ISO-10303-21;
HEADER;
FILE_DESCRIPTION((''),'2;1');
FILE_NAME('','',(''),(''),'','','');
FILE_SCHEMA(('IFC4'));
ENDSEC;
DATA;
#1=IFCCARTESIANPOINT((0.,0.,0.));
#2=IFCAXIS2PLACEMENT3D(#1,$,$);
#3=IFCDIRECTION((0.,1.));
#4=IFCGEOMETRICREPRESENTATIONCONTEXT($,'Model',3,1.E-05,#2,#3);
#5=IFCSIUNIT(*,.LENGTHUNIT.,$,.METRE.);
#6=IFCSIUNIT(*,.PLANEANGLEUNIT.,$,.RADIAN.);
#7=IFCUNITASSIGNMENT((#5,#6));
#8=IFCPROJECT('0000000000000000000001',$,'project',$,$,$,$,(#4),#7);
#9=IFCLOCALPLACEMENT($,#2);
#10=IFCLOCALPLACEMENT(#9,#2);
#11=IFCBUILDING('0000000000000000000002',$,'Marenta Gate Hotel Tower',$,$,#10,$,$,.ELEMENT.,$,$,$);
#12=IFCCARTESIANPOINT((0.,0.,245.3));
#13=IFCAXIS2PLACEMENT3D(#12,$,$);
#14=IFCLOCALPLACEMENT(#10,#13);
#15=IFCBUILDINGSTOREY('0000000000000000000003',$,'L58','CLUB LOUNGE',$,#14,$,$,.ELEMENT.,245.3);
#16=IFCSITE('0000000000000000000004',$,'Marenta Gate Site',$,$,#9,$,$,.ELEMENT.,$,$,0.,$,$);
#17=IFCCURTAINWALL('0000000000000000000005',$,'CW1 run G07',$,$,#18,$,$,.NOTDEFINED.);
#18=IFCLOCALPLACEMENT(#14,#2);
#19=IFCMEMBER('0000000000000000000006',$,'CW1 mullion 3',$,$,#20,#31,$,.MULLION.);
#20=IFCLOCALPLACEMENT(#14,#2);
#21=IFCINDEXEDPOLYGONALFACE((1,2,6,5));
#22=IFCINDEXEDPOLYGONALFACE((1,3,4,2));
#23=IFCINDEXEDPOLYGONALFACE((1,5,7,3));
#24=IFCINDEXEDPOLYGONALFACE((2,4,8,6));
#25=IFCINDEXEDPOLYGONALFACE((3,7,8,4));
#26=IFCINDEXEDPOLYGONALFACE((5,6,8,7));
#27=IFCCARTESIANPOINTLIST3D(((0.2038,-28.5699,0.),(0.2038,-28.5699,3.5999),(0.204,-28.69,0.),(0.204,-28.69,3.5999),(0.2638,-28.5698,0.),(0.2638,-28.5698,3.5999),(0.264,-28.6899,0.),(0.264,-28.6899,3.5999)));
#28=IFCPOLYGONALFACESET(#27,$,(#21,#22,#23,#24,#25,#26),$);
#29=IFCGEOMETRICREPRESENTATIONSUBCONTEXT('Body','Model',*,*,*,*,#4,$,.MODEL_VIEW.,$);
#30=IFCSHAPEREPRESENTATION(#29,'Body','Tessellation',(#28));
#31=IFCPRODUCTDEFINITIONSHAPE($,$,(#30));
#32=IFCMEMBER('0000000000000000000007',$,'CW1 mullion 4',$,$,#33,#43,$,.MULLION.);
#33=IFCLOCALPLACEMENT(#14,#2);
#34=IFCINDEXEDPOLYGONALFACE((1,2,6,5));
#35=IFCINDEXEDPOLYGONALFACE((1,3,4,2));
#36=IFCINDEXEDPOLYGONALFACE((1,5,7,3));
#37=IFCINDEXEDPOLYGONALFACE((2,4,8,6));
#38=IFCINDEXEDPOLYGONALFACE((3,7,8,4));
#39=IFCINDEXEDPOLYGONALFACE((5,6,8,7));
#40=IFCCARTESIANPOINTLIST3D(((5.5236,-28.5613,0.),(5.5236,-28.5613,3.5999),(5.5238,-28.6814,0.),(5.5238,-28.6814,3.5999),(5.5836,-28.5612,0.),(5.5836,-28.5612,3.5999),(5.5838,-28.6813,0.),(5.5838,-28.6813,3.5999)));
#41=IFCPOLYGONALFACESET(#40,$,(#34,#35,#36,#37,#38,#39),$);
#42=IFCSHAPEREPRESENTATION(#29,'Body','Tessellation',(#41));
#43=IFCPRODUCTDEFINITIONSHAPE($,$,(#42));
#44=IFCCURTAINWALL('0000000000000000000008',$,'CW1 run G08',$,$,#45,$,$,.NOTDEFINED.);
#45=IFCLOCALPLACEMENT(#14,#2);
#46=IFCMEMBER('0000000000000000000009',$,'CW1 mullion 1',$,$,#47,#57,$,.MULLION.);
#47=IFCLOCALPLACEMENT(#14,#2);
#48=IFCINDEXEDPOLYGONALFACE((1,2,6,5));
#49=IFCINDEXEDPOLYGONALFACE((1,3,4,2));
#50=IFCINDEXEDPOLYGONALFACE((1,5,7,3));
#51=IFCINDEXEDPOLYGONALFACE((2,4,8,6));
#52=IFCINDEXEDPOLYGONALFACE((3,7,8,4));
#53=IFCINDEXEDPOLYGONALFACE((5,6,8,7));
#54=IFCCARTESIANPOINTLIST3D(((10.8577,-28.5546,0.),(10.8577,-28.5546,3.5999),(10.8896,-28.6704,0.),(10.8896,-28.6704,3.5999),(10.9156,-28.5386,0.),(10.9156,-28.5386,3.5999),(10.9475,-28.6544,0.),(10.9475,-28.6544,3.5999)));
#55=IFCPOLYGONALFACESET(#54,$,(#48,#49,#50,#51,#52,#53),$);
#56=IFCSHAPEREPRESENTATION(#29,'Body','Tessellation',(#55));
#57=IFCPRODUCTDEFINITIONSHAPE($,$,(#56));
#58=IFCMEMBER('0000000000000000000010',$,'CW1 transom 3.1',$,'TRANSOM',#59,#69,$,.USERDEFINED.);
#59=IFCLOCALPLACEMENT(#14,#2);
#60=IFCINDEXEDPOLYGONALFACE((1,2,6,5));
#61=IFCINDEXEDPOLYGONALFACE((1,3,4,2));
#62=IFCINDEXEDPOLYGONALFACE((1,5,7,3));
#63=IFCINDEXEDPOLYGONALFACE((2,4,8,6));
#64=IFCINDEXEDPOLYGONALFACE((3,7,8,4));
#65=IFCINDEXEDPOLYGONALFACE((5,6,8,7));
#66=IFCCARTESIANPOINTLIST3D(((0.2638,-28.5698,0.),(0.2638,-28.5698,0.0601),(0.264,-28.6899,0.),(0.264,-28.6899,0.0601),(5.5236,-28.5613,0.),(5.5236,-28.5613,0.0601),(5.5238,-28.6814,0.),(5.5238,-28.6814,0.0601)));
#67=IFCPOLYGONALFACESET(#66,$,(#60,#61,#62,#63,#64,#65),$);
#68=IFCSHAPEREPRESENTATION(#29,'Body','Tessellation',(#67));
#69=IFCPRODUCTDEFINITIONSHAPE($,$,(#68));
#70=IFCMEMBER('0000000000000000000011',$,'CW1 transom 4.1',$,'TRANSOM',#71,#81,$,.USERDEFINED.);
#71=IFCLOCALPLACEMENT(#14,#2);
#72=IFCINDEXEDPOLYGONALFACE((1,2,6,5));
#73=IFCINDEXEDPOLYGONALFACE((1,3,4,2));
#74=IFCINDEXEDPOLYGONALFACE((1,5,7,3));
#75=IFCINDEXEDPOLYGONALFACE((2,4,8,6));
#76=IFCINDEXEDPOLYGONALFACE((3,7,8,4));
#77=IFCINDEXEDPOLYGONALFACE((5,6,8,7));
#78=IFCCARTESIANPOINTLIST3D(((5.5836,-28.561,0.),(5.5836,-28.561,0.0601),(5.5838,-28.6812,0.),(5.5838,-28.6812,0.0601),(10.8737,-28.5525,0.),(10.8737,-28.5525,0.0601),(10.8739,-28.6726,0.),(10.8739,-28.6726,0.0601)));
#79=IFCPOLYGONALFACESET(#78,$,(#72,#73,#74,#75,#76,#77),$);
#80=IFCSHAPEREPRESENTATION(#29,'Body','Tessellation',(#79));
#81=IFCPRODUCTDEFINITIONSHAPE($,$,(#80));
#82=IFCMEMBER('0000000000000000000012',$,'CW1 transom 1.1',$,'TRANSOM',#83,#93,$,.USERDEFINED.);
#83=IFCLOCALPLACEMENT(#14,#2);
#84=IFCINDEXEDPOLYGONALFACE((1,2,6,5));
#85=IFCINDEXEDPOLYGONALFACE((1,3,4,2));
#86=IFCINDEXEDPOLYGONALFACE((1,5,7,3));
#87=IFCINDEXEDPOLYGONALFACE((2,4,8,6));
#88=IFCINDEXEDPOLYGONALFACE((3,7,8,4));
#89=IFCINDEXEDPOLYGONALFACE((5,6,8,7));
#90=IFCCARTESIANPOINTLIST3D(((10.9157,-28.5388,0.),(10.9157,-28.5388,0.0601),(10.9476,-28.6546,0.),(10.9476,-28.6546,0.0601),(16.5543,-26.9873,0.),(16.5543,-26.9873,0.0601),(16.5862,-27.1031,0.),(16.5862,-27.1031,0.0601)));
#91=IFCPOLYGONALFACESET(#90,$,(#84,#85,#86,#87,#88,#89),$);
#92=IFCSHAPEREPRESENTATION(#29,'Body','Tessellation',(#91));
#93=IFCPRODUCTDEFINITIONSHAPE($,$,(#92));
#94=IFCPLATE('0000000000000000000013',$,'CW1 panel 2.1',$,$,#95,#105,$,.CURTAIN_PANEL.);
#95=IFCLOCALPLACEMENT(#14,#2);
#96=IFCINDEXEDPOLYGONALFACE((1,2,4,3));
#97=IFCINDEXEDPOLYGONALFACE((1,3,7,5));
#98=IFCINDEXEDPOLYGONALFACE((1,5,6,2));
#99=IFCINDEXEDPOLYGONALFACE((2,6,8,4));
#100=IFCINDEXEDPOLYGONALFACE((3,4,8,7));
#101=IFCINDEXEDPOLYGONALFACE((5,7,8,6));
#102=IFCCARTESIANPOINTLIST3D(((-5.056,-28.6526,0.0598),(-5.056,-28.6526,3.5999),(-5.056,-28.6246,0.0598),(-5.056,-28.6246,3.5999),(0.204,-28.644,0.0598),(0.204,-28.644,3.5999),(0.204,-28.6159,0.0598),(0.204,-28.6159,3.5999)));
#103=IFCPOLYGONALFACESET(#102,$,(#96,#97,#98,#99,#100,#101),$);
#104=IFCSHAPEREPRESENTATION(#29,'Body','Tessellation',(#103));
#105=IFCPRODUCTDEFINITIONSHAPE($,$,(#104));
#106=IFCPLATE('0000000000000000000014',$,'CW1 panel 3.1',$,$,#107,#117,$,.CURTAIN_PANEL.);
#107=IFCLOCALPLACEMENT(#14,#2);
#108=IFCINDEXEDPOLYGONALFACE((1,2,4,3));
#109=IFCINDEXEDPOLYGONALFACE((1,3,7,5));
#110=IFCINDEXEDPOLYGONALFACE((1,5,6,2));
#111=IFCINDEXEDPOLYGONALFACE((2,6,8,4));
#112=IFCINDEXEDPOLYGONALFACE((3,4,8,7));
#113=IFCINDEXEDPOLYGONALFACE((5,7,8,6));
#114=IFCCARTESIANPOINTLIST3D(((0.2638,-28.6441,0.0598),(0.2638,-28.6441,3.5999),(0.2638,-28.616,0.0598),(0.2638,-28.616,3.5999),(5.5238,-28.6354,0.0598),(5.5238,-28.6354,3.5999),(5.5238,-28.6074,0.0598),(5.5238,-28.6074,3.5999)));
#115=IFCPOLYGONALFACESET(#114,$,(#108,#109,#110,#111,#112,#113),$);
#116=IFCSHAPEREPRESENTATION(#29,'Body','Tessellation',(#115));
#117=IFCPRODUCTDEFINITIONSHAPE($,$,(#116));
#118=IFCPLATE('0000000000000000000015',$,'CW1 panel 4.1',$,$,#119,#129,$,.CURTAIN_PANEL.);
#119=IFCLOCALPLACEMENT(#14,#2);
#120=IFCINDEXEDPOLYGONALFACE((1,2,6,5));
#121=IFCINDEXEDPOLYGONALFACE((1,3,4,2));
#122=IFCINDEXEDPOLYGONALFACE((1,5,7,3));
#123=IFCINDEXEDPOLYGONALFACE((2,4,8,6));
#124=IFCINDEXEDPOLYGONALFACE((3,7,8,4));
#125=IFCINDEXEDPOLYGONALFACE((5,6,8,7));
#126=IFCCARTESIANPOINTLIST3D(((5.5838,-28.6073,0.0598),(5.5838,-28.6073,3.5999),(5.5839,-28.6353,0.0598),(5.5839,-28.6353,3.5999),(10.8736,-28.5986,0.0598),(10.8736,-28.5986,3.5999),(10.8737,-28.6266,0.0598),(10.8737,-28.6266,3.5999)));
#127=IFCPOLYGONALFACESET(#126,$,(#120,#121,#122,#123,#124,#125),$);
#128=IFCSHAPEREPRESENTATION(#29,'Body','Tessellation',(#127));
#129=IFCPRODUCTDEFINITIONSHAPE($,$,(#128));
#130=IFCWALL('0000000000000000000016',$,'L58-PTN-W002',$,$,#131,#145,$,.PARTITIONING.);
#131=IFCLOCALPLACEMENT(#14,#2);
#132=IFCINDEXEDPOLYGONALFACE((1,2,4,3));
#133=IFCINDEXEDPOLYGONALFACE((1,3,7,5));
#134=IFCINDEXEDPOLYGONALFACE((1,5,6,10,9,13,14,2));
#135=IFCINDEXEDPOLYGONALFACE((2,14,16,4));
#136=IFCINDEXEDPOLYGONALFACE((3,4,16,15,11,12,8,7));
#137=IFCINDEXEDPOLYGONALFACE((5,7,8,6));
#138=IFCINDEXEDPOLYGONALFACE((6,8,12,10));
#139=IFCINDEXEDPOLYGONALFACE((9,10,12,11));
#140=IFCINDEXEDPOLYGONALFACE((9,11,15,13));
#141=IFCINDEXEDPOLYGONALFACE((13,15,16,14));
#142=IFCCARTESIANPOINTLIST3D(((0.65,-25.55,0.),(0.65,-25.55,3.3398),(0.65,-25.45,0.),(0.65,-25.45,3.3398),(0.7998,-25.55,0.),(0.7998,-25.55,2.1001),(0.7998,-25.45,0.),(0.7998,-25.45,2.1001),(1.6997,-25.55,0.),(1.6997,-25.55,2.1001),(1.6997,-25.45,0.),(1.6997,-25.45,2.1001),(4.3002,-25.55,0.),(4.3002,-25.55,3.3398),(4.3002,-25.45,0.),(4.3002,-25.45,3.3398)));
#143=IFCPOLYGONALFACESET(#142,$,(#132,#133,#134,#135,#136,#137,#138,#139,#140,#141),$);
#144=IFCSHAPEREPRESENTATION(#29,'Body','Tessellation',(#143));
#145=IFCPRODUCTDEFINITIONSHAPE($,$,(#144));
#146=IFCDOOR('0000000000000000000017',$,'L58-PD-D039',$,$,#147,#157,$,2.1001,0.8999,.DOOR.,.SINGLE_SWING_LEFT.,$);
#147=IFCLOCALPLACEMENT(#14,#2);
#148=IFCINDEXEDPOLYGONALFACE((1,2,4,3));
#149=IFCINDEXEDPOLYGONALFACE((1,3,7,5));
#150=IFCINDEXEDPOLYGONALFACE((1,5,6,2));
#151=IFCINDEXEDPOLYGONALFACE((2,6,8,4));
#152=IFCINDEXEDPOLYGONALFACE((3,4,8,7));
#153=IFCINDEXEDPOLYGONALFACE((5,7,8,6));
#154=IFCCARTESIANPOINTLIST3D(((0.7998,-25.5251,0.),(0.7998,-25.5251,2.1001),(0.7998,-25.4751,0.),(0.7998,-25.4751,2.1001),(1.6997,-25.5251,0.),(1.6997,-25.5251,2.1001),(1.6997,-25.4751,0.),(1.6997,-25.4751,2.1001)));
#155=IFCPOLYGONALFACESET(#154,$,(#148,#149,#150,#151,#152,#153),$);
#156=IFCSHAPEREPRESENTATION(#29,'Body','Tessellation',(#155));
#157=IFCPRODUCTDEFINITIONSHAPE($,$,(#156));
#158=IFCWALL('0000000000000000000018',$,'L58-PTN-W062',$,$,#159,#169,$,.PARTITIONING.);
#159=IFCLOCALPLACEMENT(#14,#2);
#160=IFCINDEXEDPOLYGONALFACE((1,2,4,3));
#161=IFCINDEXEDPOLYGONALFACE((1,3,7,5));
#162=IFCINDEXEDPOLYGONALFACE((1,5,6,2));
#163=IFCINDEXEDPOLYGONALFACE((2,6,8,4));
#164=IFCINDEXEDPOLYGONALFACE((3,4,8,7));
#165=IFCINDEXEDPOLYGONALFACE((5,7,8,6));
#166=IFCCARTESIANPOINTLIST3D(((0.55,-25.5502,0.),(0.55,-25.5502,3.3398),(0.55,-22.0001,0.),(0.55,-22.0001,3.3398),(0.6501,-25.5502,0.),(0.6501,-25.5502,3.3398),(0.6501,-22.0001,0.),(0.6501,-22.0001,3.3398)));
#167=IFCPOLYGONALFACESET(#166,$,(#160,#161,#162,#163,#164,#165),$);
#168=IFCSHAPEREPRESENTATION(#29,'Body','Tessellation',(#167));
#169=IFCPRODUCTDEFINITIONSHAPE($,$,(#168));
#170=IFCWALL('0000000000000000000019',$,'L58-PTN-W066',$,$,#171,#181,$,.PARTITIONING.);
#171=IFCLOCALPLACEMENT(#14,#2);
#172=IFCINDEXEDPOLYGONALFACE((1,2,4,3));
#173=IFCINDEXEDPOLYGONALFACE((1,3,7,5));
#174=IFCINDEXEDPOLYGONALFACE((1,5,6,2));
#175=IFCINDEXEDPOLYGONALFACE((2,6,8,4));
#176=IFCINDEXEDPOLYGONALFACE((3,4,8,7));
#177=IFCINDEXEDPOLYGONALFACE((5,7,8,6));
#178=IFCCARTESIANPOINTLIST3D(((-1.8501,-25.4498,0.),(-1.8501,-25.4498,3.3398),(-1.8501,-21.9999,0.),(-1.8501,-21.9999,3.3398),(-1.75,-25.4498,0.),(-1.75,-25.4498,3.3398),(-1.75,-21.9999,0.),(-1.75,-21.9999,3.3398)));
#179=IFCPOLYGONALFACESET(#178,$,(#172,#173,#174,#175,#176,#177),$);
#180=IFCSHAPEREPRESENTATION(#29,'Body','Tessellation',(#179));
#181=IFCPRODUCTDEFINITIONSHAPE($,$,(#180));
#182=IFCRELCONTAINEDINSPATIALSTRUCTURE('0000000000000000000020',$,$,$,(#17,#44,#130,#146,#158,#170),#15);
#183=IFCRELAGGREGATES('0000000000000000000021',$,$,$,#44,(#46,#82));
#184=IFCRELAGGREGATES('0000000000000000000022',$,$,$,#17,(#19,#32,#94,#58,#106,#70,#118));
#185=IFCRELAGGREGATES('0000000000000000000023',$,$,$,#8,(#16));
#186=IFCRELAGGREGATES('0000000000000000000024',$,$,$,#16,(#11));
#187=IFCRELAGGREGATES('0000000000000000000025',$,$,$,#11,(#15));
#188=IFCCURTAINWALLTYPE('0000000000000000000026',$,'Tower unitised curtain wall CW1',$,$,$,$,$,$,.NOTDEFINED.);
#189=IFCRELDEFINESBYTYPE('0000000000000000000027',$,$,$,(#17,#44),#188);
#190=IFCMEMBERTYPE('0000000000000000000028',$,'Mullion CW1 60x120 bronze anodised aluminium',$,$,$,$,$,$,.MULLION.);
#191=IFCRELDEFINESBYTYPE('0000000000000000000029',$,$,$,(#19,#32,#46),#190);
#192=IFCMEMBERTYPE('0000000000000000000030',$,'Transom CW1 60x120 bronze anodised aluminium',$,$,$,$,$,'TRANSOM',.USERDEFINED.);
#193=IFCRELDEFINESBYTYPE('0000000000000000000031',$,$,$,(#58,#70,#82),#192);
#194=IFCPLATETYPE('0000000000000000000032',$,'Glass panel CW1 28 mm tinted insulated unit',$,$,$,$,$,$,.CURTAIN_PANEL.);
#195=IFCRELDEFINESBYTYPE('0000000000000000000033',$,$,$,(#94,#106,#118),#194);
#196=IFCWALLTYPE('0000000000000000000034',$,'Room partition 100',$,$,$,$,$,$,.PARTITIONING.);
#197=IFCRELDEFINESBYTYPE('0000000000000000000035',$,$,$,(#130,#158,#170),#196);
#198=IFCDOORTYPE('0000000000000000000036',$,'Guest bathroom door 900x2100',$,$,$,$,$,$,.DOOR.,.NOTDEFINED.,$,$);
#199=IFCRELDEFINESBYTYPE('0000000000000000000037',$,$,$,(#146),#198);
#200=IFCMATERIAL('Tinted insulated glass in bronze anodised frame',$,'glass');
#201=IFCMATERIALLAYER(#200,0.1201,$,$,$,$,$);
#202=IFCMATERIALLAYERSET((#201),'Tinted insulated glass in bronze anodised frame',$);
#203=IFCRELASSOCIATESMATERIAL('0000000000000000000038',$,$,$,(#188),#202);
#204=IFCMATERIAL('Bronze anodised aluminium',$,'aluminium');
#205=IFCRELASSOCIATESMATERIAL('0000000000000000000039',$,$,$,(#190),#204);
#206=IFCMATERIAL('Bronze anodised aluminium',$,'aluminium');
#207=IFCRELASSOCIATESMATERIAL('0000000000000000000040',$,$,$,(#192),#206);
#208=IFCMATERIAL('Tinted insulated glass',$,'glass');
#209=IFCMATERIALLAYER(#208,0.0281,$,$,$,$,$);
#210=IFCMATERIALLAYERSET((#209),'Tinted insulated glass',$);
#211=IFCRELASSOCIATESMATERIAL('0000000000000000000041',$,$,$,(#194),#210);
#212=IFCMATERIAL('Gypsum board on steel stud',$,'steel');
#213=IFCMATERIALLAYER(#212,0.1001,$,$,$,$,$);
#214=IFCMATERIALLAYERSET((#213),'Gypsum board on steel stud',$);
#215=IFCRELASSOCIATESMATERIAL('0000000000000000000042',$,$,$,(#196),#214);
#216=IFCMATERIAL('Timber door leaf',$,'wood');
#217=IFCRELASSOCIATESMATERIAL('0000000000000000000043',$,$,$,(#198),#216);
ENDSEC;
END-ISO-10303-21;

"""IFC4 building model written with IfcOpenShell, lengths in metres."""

from ifc_helpers import new_model, si_unit, direction, frame, frame_2d, origin, origin_2d, place, context, subcontext, project, spatial, rectangle, extrude, material, layer, layer_set, material_profile, profile_set, type_object, element, fill, aggregate, save


model = new_model("IFC4")

# Units and contexts
model_context = context("Model", 3, precision=1e-05, world=origin(), true_north=direction((0.0, 1.0)))
body_context = subcontext(model_context, "Body", "Model", "MODEL_VIEW")
ifc_project = project(units=[si_unit("LENGTHUNIT", "METRE"), si_unit("PLANEANGLEUNIT", "RADIAN")], contexts=[model_context])

# Site, building, storey
site_placement = place(None, origin())
site = spatial("IfcSite", under=ifc_project, at=site_placement, Name="Marenta Gate Site", CompositionType="ELEMENT", RefElevation=0.0)
building_placement = place(site_placement, origin())
building = spatial("IfcBuilding", under=site, at=building_placement, Name="Marenta Gate Hotel Tower", CompositionType="ELEMENT")
storey_placement = place(building_placement, frame((0.0, 0.0, 245.3)))
storey = spatial("IfcBuildingStorey", under=building, at=storey_placement, Name="L58", Description="CLUB LOUNGE", CompositionType="ELEMENT", Elevation=245.3)

# Curtain wall, members
ifc_material_1 = material(Name="Tinted insulated glass in bronze anodised frame", Category="glass")
ifc_layer_1 = layer(ifc_material_1, 0.1201)
ifc_layer_set_1 = layer_set([ifc_layer_1], Name="Tinted insulated glass in bronze anodised frame")
curtain_wall_type = type_object("IfcCurtainWallType", Name="Tower unitised curtain wall CW1", PredefinedType="NOTDEFINED", material=ifc_layer_set_1)
curtain_wall_1_placement = place(storey_placement, origin())
curtain_wall_1 = element("IfcCurtainWall", 1, at=curtain_wall_1_placement, inside=storey, type_object=curtain_wall_type, Name="CW1 run G07", PredefinedType="NOTDEFINED")
ifc_material_2 = material(Name="Bronze anodised aluminium", Category="aluminium")
ifc_material_profile_1 = material_profile(ifc_material_2, rectangle(XDim=0.1201, YDim=0.0601, at=origin_2d()), Name="Mullion CW1 60x120 bronze anodised aluminium")
ifc_profile_set_1 = profile_set([ifc_material_profile_1], Name="Bronze anodised aluminium")
member_type_1 = type_object("IfcMemberType", Name="Mullion CW1 60x120 bronze anodised aluminium", PredefinedType="MULLION", material=ifc_profile_set_1)
member_1_placement = place(storey_placement, frame((0.2339, -28.6299, 0.0), z_axis=(0.0, 0.0, 1.0), x_axis=(-0.001645, 0.999999, 0.0)))
member_1 = element("IfcMember", 2, at=member_1_placement, type_object=member_type_1, Name="CW1 mullion 3", PredefinedType="MULLION", context=body_context, shape_type="SweptSolid", body=[
    extrude(rectangle(XDim=0.1201, YDim=0.0601, at=origin_2d()), origin(), (0.0, 0.0, 1.0), 3.5999),
])
member_2_placement = place(storey_placement, frame((5.5537, -28.6213, 0.0), z_axis=(0.0, 0.0, 1.0), x_axis=(-0.001645, 0.999999, 0.0)))
member_2 = element("IfcMember", 3, at=member_2_placement, type_object=member_type_1, Name="CW1 mullion 4", PredefinedType="MULLION", context=body_context, shape_type="SweptSolid", body=[
    extrude(rectangle(XDim=0.1201, YDim=0.0601, at=origin_2d()), origin(), (0.0, 0.0, 1.0), 3.5999),
])

# Curtain wall, member
curtain_wall_2_placement = place(storey_placement, origin())
curtain_wall_2 = element("IfcCurtainWall", 4, at=curtain_wall_2_placement, inside=storey, type_object=curtain_wall_type, Name="CW1 run G08", PredefinedType="NOTDEFINED")
member_3_placement = place(storey_placement, frame((10.9026, -28.6045, 0.0), z_axis=(0.0, 0.0, 1.0), x_axis=(-0.265293, 0.964168, 0.0)))
member_3 = element("IfcMember", 5, at=member_3_placement, type_object=member_type_1, Name="CW1 mullion 1", PredefinedType="MULLION", context=body_context, shape_type="SweptSolid", body=[
    extrude(rectangle(XDim=0.1201, YDim=0.0601, at=origin_2d()), origin(), (0.0, 0.0, 1.0), 3.5999),
])

# Members
ifc_material_3 = material(Name="Bronze anodised aluminium", Category="aluminium")
ifc_material_profile_2 = material_profile(ifc_material_3, rectangle(XDim=0.1201, YDim=0.0601, at=origin_2d()), Name="Transom CW1 60x120 bronze anodised aluminium")
ifc_profile_set_2 = profile_set([ifc_material_profile_2], Name="Bronze anodised aluminium")
member_type_2 = type_object("IfcMemberType", Name="Transom CW1 60x120 bronze anodised aluminium", ElementType="TRANSOM", PredefinedType="USERDEFINED", material=ifc_profile_set_2)
member_4_placement = place(storey_placement, frame((0.2639, -28.6299, 0.03), z_axis=(0.999999, 0.001625, 0.0), x_axis=(-0.001625, 0.999999, 0.0)))
member_4 = element("IfcMember", 6, at=member_4_placement, type_object=member_type_2, Name="CW1 transom 3.1", ObjectType="TRANSOM", PredefinedType="USERDEFINED", context=body_context, shape_type="SweptSolid", body=[
    extrude(rectangle(XDim=0.1201, YDim=0.0601, at=origin_2d()), origin(), (0.0, 0.0, 1.0), 5.2598),
])
member_5_placement = place(storey_placement, frame((5.5837, -28.6211, 0.03), z_axis=(0.999999, 0.001615, 0.0), x_axis=(-0.001615, 0.999999, 0.0)))
member_5 = element("IfcMember", 7, at=member_5_placement, type_object=member_type_2, Name="CW1 transom 4.1", ObjectType="TRANSOM", PredefinedType="USERDEFINED", context=body_context, shape_type="SweptSolid", body=[
    extrude(rectangle(XDim=0.1201, YDim=0.0601, at=origin_2d()), origin(), (0.0, 0.0, 1.0), 5.29),
])
member_6_placement = place(storey_placement, frame((10.9316, -28.5967, 0.03), z_axis=(0.964167, 0.265296, 0.0), x_axis=(-0.265296, 0.964167, 0.0)))
member_6 = element("IfcMember", 8, at=member_6_placement, type_object=member_type_2, Name="CW1 transom 1.1", ObjectType="TRANSOM", PredefinedType="USERDEFINED", context=body_context, shape_type="SweptSolid", body=[
    extrude(rectangle(XDim=0.1201, YDim=0.0601, at=origin_2d()), origin(), (0.0, 0.0, 1.0), 5.8481),
])
aggregate(curtain_wall_2, [member_3, member_6])

# Plates
ifc_material_4 = material(Name="Tinted insulated glass", Category="glass")
ifc_layer_2 = layer(ifc_material_4, 0.0281)
ifc_layer_set_2 = layer_set([ifc_layer_2], Name="Tinted insulated glass")
plate_type = type_object("IfcPlateType", Name="Glass panel CW1 28 mm tinted insulated unit", PredefinedType="CURTAIN_PANEL", material=ifc_layer_set_2)
plate_1_placement = place(storey_placement, frame((-2.426, -28.6343, 0.0598), z_axis=(0.0, 0.0, 1.0), x_axis=(0.999999, 0.001645, 0.0)))
plate_1 = element("IfcPlate", 9, at=plate_1_placement, type_object=plate_type, Name="CW1 panel 2.1", PredefinedType="CURTAIN_PANEL", context=body_context, shape_type="SweptSolid", body=[
    extrude(rectangle(XDim=5.26, YDim=0.0281, at=origin_2d()), origin(), (0.0, 0.0, 1.0), 3.54),
])
plate_2_placement = place(storey_placement, frame((2.8938, -28.6257, 0.0598), z_axis=(0.0, 0.0, 1.0), x_axis=(0.999999, 0.001645, 0.0)))
plate_2 = element("IfcPlate", 10, at=plate_2_placement, type_object=plate_type, Name="CW1 panel 3.1", PredefinedType="CURTAIN_PANEL", context=body_context, shape_type="SweptSolid", body=[
    extrude(rectangle(XDim=5.26, YDim=0.0281, at=origin_2d()), origin(), (0.0, 0.0, 1.0), 3.54),
])
plate_3_placement = place(storey_placement, frame((8.2288, -28.6169, 0.0598), z_axis=(0.0, 0.0, 1.0), x_axis=(0.999999, 0.001645, 0.0)))
plate_3 = element("IfcPlate", 11, at=plate_3_placement, type_object=plate_type, Name="CW1 panel 4.1", PredefinedType="CURTAIN_PANEL", context=body_context, shape_type="SweptSolid", body=[
    extrude(rectangle(XDim=5.2898, YDim=0.0281, at=origin_2d()), origin(), (0.0, 0.0, 1.0), 3.54),
])
aggregate(curtain_wall_1, [member_1, member_2, plate_1, member_4, plate_2, member_5, plate_3])

# Wall, opening, door
ifc_material_5 = material(Name="Gypsum board on steel stud", Category="steel")
ifc_layer_3 = layer(ifc_material_5, 0.1001)
ifc_layer_set_3 = layer_set([ifc_layer_3], Name="Gypsum board on steel stud")
wall_type_1 = type_object("IfcWallType", Name="Room partition 100", PredefinedType="PARTITIONING", material=ifc_layer_set_3)
wall_1_placement = place(storey_placement, frame((0.6499, -25.5, 0.0), z_axis=(0.0, 0.0, 1.0), x_axis=(1.0, 0.0, 0.0)))
wall_1 = element("IfcWall", 12, at=wall_1_placement, inside=storey, type_object=wall_type_1, Name="L58-PTN-W002", PredefinedType="PARTITIONING", context=body_context, shape_type="SweptSolid", body=[
    extrude(rectangle(XDim=3.6501, YDim=0.1001, at=frame_2d((1.8252, 0.0))), origin(), (0.0, 0.0, 1.0), 3.3398),
])
opening_placement = place(wall_1_placement, frame((0.1499, 0.0, 0.0)))
opening = element("IfcOpeningElement", 13, at=opening_placement, cuts=wall_1, PredefinedType="OPENING", context=body_context, shape_type="SweptSolid", body=[
    extrude(rectangle(XDim=0.8999, YDim=2.1001, at=frame_2d((0.45, 1.05))), frame((0.0, 0.05, 0.0), z_axis=(0.0, -1.0, 0.0), x_axis=(1.0, 0.0, 0.0)), (0.0, 0.0, 1.0), 0.1001),
])
ifc_material_6 = material(Name="Timber door leaf", Category="wood")
door_type = type_object("IfcDoorType", Name="Guest bathroom door 900x2100", OperationType="NOTDEFINED", PredefinedType="DOOR", material=ifc_material_6)
door_placement = place(opening_placement, origin())
door = element("IfcDoor", 14, at=door_placement, inside=storey, type_object=door_type, Name="L58-PD-D039", OperationType="SINGLE_SWING_LEFT", OverallHeight=2.1001, OverallWidth=0.8999, PredefinedType="DOOR", context=body_context, shape_type="SweptSolid", body=[
    extrude(rectangle(XDim=0.8999, YDim=2.1001, at=frame_2d((0.45, 1.05))), frame((0.0, 0.0249, 0.0), z_axis=(0.0, -1.0, 0.0), x_axis=(1.0, 0.0, 0.0)), (0.0, 0.0, 1.0), 0.05),
])
fill(opening, door)

# Walls
wall_2_placement = place(storey_placement, frame((0.6001, -25.55, 0.0), z_axis=(0.0, 0.0, 1.0), x_axis=(0.0, 1.0, 0.0)))
element("IfcWall", 15, at=wall_2_placement, inside=storey, type_object=wall_type_1, Name="L58-PTN-W062", PredefinedType="PARTITIONING", context=body_context, shape_type="SweptSolid", body=[
    extrude(rectangle(XDim=3.55, YDim=0.1001, at=frame_2d((1.7749, 0.0))), origin(), (0.0, 0.0, 1.0), 3.3398),
])
wall_3_placement = place(storey_placement, frame((-1.8, -25.45, 0.0), z_axis=(0.0, 0.0, 1.0), x_axis=(0.0, 1.0, 0.0)))
element("IfcWall", 16, at=wall_3_placement, inside=storey, type_object=wall_type_1, Name="L58-PTN-W066", PredefinedType="PARTITIONING", context=body_context, shape_type="SweptSolid", body=[
    extrude(rectangle(XDim=3.45, YDim=0.1001, at=frame_2d((1.7251, 0.0))), origin(), (0.0, 0.0, 1.0), 3.3398),
])

save(model, "model.ifc")
